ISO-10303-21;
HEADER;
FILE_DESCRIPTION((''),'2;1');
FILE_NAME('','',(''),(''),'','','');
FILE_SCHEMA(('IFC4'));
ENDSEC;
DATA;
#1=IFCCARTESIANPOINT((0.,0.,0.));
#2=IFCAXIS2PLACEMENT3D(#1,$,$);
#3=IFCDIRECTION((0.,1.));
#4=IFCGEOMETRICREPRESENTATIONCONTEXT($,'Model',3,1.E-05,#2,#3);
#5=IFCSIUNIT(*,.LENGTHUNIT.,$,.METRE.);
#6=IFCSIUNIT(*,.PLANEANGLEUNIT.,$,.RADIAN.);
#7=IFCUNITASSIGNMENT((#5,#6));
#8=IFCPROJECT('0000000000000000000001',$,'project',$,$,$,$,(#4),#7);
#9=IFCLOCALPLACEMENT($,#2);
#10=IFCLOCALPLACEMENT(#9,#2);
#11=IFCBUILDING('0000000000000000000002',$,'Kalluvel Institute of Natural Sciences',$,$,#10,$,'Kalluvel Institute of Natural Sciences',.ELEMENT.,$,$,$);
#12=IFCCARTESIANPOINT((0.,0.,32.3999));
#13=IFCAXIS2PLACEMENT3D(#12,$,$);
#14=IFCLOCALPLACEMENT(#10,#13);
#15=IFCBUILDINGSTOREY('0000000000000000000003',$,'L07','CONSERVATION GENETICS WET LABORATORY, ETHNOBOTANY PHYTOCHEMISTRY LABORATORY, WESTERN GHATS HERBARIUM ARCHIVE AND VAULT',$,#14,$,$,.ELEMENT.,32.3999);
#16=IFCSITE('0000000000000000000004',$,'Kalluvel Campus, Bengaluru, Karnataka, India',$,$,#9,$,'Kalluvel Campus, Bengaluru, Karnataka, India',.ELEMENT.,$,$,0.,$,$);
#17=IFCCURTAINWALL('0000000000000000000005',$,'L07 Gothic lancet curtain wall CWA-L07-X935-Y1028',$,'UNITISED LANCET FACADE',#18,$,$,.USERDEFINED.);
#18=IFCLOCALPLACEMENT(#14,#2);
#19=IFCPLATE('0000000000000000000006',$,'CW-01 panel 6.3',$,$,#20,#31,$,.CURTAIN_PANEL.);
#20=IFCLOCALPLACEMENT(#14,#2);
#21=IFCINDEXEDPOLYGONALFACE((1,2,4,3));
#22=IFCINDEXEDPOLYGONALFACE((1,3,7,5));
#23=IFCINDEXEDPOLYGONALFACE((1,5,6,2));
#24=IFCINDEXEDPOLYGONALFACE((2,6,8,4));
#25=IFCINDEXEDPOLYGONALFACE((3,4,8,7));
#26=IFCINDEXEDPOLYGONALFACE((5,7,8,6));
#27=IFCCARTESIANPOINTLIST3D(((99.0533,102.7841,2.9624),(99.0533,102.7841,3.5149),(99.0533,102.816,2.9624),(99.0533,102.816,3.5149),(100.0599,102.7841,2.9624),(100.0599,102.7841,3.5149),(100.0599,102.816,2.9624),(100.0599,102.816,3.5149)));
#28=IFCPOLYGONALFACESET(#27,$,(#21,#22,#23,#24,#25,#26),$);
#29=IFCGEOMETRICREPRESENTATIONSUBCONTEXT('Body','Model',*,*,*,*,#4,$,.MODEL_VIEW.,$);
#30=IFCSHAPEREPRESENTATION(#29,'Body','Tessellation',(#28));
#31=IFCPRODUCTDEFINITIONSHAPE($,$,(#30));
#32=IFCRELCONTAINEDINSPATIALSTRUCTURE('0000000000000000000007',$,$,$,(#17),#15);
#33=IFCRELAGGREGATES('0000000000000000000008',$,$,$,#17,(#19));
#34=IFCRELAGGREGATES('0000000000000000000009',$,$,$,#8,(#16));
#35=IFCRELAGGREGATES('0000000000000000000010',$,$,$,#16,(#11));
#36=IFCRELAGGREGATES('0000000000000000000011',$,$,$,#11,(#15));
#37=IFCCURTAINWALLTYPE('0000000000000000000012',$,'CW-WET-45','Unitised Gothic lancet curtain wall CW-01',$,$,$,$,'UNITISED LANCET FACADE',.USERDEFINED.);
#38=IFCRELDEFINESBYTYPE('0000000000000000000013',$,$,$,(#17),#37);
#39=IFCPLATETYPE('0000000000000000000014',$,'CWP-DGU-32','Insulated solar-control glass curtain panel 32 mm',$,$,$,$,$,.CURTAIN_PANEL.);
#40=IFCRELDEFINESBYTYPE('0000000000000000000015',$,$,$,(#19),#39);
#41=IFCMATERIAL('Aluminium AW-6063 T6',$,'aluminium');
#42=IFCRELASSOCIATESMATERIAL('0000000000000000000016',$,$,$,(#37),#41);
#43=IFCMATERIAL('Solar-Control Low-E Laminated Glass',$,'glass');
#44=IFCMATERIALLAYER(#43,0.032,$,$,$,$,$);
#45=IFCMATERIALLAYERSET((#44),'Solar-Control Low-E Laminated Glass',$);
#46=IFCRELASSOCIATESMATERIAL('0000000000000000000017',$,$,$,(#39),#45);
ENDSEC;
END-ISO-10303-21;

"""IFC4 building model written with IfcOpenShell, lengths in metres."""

from ifc_helpers import new_model, si_unit, direction, frame, origin, origin_2d, place, context, subcontext, project, spatial, rectangle, extrude, material, layer, layer_set, type_object, element, aggregate, save


model = new_model("IFC4")

# Units and contexts
model_context = context("Model", 3, precision=1e-05, world=origin(), true_north=direction((0.0, 1.0)))
body_context = subcontext(model_context, "Body", "Model", "MODEL_VIEW")
ifc_project = project(units=[si_unit("LENGTHUNIT", "METRE"), si_unit("PLANEANGLEUNIT", "RADIAN")], contexts=[model_context])

# Site, building, storey
site_placement = place(None, origin())
site = spatial("IfcSite", under=ifc_project, at=site_placement, Name="Kalluvel Campus, Bengaluru, Karnataka, India", LongName="Kalluvel Campus, Bengaluru, Karnataka, India", CompositionType="ELEMENT", RefElevation=0.0)
building_placement = place(site_placement, origin())
building = spatial("IfcBuilding", under=site, at=building_placement, Name="Kalluvel Institute of Natural Sciences", LongName="Kalluvel Institute of Natural Sciences", CompositionType="ELEMENT")
storey_placement = place(building_placement, frame((0.0, 0.0, 32.3999)))
storey = spatial("IfcBuildingStorey", under=building, at=storey_placement, Name="L07", Description="CONSERVATION GENETICS WET LABORATORY, ETHNOBOTANY PHYTOCHEMISTRY LABORATORY, WESTERN GHATS HERBARIUM ARCHIVE AND VAULT", CompositionType="ELEMENT", Elevation=32.3999)

# Curtain wall
ifc_material_1 = material(Name="Aluminium AW-6063 T6", Category="aluminium")
curtain_wall_type = type_object("IfcCurtainWallType", Name="CW-WET-45", Description="Unitised Gothic lancet curtain wall CW-01", ElementType="UNITISED LANCET FACADE", PredefinedType="USERDEFINED", material=ifc_material_1)
curtain_wall_placement = place(storey_placement, origin())
curtain_wall = element("IfcCurtainWall", 1, at=curtain_wall_placement, inside=storey, type_object=curtain_wall_type, Name="L07 Gothic lancet curtain wall CWA-L07-X935-Y1028", ObjectType="UNITISED LANCET FACADE", PredefinedType="USERDEFINED")

# Plate
ifc_material_2 = material(Name="Solar-Control Low-E Laminated Glass", Category="glass")
ifc_layer = layer(ifc_material_2, 0.032)
ifc_layer_set = layer_set([ifc_layer], Name="Solar-Control Low-E Laminated Glass")
plate_type = type_object("IfcPlateType", Name="CWP-DGU-32", Description="Insulated solar-control glass curtain panel 32 mm", PredefinedType="CURTAIN_PANEL", material=ifc_layer_set)
plate_1_placement = place(storey_placement, frame((99.5566, 102.8, 2.9624), z_axis=(0.0, 0.0, 1.0), x_axis=(1.0, 0.0, 0.0)))
plate_1 = element("IfcPlate", 2, at=plate_1_placement, type_object=plate_type, Name="CW-01 panel 6.3", PredefinedType="CURTAIN_PANEL", context=body_context, shape_type="SweptSolid", body=[
    extrude(rectangle(XDim=1.0066, YDim=0.032, at=origin_2d()), origin(), (0.0, 0.0, 1.0), 0.5525),
])
aggregate(curtain_wall, [plate_1])

save(model, "model.ifc")
